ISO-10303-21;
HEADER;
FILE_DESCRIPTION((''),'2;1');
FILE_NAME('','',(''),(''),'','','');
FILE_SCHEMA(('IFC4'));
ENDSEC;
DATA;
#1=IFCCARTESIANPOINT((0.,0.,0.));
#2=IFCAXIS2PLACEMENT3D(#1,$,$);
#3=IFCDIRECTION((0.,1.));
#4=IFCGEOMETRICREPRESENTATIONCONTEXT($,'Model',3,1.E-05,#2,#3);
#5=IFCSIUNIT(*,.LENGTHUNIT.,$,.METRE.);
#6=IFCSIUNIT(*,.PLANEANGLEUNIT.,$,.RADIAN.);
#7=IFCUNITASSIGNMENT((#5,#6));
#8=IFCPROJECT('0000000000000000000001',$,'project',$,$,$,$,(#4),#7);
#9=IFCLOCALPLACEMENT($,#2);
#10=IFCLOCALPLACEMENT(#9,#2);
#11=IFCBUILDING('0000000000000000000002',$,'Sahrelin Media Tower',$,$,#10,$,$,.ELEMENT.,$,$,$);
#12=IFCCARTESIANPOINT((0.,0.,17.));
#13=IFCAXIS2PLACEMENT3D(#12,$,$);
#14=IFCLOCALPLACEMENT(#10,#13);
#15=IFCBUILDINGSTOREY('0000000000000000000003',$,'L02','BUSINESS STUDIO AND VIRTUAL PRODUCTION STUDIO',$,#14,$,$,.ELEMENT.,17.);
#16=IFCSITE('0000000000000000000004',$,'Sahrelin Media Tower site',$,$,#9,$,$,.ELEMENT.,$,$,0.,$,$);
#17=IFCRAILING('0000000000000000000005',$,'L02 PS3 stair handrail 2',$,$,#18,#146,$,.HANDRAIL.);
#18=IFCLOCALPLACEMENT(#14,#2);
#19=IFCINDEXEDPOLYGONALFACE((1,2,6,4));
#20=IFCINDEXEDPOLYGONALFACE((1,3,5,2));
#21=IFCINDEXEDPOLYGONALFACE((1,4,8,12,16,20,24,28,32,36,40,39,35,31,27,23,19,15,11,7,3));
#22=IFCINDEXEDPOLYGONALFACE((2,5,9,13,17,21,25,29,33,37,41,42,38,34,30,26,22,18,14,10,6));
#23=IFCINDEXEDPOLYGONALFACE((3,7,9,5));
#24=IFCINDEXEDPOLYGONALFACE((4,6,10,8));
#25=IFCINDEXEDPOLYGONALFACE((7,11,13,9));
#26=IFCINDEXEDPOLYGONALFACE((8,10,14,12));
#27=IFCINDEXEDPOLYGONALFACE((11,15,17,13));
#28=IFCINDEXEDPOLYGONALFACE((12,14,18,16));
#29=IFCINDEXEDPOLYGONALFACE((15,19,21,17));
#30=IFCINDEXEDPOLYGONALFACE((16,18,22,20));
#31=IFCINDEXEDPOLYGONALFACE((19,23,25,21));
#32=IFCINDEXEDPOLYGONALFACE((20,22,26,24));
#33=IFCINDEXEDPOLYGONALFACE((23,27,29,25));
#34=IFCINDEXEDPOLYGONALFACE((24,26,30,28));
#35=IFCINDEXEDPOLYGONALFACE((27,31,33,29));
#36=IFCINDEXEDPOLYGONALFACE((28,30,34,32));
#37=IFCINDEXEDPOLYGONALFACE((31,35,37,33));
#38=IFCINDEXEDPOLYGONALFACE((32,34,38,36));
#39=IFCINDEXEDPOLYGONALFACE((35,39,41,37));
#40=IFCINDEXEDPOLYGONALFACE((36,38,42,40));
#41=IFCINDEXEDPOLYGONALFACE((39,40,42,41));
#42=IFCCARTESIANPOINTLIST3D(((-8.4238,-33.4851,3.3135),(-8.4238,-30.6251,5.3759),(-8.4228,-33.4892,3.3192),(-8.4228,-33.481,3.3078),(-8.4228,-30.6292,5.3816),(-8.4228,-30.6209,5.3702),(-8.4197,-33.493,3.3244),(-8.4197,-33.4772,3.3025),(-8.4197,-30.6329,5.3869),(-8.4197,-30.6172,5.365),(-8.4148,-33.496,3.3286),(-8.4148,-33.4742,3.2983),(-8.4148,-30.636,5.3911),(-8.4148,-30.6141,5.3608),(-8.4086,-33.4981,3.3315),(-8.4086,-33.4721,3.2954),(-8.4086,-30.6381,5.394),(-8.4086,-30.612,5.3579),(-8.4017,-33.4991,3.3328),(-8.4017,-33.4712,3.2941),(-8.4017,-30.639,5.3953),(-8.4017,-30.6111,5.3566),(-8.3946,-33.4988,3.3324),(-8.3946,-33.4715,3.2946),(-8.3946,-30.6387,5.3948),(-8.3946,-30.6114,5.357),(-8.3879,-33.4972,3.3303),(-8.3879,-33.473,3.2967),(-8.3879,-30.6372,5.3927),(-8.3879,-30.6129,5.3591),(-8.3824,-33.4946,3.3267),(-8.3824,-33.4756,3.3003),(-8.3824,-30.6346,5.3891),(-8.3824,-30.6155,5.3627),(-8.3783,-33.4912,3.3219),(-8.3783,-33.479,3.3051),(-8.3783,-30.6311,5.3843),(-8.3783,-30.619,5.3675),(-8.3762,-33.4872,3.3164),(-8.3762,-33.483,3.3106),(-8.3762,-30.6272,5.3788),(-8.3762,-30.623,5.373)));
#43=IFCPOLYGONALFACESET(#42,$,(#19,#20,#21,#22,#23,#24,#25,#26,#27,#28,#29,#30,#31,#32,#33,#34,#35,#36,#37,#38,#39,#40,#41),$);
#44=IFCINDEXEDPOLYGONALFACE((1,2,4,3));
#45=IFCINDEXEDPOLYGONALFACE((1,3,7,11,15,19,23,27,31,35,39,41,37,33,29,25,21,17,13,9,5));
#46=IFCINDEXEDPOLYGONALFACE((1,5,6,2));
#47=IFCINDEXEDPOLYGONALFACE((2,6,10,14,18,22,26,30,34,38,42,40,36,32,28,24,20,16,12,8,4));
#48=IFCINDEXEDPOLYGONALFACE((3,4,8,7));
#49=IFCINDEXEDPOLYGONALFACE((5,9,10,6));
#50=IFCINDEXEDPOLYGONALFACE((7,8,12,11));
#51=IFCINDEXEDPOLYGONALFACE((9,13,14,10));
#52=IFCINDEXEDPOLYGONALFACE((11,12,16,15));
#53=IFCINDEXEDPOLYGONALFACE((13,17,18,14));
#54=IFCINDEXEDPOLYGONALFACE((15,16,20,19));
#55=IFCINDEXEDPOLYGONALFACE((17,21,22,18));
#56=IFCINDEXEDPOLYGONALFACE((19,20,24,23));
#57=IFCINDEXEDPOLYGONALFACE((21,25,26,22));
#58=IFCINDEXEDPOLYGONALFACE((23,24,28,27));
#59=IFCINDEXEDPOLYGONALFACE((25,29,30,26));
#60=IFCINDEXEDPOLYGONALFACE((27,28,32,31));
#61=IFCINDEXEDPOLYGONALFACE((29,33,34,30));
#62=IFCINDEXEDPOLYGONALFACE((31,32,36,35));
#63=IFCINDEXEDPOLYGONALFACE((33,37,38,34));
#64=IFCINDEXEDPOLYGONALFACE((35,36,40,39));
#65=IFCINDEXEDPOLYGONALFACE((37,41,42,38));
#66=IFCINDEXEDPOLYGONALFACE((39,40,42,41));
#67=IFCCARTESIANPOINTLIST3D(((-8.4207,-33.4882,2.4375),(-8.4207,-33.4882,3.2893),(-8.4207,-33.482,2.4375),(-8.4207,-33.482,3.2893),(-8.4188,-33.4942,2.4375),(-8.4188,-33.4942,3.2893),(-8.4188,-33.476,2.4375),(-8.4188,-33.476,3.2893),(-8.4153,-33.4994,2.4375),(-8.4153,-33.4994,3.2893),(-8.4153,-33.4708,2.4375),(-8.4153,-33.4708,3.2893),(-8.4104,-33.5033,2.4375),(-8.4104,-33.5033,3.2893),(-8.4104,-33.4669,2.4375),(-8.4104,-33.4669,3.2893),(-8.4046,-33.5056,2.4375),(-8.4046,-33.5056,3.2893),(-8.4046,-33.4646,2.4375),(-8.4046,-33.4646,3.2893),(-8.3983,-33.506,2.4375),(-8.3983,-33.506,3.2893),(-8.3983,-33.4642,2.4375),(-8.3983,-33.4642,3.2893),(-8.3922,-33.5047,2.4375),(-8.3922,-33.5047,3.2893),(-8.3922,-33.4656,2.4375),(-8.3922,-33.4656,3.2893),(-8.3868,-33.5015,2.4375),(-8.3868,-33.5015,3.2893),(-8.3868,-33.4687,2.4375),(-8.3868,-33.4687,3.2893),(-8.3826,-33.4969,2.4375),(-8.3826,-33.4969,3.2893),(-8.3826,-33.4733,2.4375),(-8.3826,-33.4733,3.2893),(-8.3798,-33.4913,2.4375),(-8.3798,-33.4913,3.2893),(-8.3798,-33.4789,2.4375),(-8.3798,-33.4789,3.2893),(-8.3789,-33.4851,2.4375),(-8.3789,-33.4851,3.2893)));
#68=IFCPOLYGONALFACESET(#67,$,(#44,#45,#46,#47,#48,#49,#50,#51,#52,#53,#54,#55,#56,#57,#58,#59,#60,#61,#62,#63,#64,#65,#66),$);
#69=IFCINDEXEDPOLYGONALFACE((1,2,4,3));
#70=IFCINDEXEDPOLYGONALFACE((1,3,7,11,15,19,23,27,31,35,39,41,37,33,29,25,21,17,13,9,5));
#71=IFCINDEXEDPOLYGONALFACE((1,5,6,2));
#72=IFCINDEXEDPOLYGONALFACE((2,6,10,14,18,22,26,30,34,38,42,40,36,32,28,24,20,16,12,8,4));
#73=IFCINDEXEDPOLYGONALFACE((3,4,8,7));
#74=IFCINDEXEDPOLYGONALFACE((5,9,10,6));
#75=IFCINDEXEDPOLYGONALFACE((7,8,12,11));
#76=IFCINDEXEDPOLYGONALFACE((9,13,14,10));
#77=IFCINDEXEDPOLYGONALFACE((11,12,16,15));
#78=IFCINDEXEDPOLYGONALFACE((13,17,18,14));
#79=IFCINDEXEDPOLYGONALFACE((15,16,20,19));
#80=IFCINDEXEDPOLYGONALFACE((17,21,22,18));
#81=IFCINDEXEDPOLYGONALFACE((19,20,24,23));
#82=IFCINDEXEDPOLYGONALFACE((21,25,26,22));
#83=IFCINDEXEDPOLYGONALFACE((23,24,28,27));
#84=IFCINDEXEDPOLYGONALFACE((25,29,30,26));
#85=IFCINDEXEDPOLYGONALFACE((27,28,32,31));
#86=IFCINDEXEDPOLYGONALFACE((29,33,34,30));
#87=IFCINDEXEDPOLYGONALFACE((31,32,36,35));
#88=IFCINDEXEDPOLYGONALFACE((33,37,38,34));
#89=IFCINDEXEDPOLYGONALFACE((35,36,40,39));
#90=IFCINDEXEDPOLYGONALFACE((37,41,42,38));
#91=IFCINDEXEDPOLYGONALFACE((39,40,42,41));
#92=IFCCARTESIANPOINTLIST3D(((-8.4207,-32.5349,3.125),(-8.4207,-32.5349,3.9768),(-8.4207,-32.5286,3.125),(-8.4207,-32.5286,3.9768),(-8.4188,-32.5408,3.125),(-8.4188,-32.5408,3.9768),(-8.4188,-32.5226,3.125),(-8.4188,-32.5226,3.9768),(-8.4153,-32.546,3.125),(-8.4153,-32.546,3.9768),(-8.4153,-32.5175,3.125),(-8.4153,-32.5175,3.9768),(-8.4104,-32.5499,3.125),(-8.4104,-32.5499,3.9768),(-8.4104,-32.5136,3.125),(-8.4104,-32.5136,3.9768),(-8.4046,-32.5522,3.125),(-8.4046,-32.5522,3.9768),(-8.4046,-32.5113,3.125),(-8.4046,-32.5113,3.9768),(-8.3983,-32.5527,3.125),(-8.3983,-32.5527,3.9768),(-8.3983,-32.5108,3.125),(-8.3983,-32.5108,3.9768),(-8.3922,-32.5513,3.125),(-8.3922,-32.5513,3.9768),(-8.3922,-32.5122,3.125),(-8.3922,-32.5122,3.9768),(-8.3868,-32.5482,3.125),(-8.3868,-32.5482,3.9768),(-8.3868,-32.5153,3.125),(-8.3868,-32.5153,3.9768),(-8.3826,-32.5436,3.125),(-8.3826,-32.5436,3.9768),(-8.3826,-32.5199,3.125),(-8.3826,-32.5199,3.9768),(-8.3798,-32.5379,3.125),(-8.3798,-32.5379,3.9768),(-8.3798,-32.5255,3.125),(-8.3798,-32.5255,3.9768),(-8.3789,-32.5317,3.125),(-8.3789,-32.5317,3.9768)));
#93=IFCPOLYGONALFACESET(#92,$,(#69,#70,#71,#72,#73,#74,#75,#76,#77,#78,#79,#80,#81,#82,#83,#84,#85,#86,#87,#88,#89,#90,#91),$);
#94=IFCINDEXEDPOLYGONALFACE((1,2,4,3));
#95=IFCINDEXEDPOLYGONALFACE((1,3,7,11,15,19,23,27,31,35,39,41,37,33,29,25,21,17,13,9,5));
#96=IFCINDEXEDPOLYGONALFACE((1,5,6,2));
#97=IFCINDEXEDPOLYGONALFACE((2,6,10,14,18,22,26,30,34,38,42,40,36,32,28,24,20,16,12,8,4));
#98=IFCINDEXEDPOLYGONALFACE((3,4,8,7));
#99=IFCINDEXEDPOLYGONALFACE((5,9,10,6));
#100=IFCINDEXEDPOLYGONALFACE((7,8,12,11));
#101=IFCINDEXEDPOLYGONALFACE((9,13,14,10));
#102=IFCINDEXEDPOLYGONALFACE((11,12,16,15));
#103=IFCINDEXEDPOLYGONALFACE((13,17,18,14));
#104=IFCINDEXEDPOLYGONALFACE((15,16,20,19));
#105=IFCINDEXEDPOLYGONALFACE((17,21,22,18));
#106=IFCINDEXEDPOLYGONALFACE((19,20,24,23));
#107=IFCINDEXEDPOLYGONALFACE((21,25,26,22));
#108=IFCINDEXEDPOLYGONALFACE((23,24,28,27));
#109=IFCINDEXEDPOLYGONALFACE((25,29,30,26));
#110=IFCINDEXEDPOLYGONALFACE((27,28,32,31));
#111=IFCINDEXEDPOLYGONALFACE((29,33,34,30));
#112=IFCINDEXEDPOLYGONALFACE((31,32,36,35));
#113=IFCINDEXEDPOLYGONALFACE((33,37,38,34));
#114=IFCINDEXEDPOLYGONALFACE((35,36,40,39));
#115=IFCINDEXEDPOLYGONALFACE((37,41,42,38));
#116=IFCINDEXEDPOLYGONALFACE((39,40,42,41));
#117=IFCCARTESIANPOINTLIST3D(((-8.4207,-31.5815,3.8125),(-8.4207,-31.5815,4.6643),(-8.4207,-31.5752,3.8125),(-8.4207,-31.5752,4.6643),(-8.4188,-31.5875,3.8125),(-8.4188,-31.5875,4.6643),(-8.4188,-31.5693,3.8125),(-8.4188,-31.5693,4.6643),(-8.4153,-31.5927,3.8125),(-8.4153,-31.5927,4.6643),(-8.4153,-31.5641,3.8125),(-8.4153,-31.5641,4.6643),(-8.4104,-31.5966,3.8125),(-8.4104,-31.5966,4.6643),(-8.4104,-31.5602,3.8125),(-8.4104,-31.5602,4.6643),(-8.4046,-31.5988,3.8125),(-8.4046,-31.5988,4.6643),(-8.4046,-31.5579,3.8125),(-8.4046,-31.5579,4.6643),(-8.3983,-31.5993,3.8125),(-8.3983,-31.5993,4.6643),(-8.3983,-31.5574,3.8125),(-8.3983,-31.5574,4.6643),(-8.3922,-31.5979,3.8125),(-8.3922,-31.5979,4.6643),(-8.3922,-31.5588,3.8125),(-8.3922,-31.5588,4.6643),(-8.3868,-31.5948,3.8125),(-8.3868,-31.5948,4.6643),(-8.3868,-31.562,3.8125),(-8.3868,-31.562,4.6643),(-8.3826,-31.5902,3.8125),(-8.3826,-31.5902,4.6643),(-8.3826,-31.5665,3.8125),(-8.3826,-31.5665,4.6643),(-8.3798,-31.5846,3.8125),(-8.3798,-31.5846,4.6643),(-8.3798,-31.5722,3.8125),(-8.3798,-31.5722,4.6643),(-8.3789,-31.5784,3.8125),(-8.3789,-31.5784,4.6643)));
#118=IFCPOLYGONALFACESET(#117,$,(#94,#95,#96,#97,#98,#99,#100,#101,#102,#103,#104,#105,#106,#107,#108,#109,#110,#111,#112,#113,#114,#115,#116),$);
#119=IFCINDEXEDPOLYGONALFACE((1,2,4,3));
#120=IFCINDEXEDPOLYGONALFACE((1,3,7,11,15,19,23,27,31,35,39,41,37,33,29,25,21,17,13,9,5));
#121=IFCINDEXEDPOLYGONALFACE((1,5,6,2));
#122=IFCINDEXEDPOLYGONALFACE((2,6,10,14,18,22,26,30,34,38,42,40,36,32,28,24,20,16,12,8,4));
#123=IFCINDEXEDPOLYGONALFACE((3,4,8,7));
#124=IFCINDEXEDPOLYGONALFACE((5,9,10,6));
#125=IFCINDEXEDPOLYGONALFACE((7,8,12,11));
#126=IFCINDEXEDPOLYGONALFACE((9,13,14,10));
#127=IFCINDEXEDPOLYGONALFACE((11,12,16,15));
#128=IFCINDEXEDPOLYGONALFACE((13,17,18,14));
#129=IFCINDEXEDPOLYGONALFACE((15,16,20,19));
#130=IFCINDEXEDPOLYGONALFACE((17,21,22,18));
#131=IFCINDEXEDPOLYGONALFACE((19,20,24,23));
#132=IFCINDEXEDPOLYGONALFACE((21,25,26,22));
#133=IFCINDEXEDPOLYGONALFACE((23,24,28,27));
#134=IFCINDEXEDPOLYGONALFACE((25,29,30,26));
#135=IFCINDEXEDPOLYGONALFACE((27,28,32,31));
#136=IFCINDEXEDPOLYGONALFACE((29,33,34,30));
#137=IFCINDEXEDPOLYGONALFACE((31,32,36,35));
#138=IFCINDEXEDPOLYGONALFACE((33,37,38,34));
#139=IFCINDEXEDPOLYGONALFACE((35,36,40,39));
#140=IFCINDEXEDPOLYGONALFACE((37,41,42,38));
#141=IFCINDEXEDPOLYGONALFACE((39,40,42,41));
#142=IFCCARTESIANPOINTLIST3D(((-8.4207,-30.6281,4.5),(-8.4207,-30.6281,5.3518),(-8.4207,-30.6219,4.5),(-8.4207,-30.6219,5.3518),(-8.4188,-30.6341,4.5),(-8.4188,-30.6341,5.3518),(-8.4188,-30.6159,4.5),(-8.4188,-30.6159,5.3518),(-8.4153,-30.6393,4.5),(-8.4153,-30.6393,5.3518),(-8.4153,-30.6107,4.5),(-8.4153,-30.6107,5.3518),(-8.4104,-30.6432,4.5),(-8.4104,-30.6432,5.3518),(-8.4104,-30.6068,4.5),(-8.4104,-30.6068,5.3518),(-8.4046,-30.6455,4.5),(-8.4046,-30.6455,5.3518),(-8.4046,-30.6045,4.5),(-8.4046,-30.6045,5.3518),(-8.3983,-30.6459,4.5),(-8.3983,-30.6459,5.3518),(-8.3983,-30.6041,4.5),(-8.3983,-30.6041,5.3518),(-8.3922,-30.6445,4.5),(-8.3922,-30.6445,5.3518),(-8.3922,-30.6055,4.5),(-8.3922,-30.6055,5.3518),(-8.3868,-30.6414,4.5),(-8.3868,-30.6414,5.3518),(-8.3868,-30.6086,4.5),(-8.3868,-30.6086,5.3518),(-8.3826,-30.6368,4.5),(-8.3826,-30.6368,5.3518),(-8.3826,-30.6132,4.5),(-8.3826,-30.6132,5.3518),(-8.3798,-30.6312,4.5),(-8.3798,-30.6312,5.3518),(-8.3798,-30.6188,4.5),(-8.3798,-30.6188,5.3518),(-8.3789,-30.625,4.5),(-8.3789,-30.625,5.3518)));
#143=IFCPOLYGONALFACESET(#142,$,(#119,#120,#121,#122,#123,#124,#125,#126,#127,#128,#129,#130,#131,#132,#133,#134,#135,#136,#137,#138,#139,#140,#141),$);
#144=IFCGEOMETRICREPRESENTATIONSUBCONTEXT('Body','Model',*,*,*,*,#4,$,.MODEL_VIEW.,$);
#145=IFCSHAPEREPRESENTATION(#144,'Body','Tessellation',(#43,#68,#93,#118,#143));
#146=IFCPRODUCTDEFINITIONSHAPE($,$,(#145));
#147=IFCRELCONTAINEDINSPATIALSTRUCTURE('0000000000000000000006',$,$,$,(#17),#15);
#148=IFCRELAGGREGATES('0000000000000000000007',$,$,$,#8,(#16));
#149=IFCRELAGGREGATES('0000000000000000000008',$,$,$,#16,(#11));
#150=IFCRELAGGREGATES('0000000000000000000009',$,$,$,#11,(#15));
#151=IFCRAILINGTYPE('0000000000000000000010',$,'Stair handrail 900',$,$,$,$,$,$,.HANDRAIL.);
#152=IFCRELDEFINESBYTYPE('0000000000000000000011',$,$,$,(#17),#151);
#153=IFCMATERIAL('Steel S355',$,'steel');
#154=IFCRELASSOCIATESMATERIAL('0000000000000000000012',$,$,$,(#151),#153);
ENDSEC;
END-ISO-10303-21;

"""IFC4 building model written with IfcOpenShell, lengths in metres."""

from ifc_helpers import new_model, si_unit, direction, frame, origin, origin_2d, place, context, subcontext, project, spatial, circle, extrude, material, type_object, element, save


model = new_model("IFC4")

# Units and contexts
model_context = context("Model", 3, precision=1e-05, world=origin(), true_north=direction((0.0, 1.0)))
body_context = subcontext(model_context, "Body", "Model", "MODEL_VIEW")
ifc_project = project(units=[si_unit("LENGTHUNIT", "METRE"), si_unit("PLANEANGLEUNIT", "RADIAN")], contexts=[model_context])

# Site, building, storey
site_placement = place(None, origin())
site = spatial("IfcSite", under=ifc_project, at=site_placement, Name="Sahrelin Media Tower site", CompositionType="ELEMENT", RefElevation=0.0)
building_placement = place(site_placement, origin())
building = spatial("IfcBuilding", under=site, at=building_placement, Name="Sahrelin Media Tower", CompositionType="ELEMENT")
storey_placement = place(building_placement, frame((0.0, 0.0, 17.0)))
storey = spatial("IfcBuildingStorey", under=building, at=storey_placement, Name="L02", Description="BUSINESS STUDIO AND VIRTUAL PRODUCTION STUDIO", CompositionType="ELEMENT", Elevation=17.0)

# Shared definitions
ifc_material_1 = material(Name="Steel S355", Category="steel")

# Railing
railing_type_1 = type_object("IfcRailingType", Name="Stair handrail 900", PredefinedType="HANDRAIL", material=ifc_material_1)
railing_1_placement = place(storey_placement, frame((-8.3999, -33.4851, 2.4375)))
element("IfcRailing", 1, at=railing_1_placement, inside=storey, type_object=railing_type_1, Name="L02 PS3 stair handrail 2", PredefinedType="HANDRAIL", context=body_context, shape_type="SweptSolid", body=[
    extrude(circle(Radius=0.0239, at=origin_2d()), frame((0.0, 0.0, 0.876), z_axis=(0.0, 0.811101, 0.584906), x_axis=(-1.0, 0.0, 0.0)), (0.0, 0.0, 1.0), 3.5261),
    extrude(circle(Radius=0.021, at=origin_2d()), origin(), (0.0, 0.0, 1.0), 0.8518),
    extrude(circle(Radius=0.021, at=origin_2d()), frame((0.0, 0.9534, 0.6875)), (0.0, 0.0, 1.0), 0.8518),
    extrude(circle(Radius=0.021, at=origin_2d()), frame((0.0, 1.9067, 1.375)), (0.0, 0.0, 1.0), 0.8518),
    extrude(circle(Radius=0.021, at=origin_2d()), frame((0.0, 2.8601, 2.0625)), (0.0, 0.0, 1.0), 0.8518),
])

save(model, "model.ifc")
